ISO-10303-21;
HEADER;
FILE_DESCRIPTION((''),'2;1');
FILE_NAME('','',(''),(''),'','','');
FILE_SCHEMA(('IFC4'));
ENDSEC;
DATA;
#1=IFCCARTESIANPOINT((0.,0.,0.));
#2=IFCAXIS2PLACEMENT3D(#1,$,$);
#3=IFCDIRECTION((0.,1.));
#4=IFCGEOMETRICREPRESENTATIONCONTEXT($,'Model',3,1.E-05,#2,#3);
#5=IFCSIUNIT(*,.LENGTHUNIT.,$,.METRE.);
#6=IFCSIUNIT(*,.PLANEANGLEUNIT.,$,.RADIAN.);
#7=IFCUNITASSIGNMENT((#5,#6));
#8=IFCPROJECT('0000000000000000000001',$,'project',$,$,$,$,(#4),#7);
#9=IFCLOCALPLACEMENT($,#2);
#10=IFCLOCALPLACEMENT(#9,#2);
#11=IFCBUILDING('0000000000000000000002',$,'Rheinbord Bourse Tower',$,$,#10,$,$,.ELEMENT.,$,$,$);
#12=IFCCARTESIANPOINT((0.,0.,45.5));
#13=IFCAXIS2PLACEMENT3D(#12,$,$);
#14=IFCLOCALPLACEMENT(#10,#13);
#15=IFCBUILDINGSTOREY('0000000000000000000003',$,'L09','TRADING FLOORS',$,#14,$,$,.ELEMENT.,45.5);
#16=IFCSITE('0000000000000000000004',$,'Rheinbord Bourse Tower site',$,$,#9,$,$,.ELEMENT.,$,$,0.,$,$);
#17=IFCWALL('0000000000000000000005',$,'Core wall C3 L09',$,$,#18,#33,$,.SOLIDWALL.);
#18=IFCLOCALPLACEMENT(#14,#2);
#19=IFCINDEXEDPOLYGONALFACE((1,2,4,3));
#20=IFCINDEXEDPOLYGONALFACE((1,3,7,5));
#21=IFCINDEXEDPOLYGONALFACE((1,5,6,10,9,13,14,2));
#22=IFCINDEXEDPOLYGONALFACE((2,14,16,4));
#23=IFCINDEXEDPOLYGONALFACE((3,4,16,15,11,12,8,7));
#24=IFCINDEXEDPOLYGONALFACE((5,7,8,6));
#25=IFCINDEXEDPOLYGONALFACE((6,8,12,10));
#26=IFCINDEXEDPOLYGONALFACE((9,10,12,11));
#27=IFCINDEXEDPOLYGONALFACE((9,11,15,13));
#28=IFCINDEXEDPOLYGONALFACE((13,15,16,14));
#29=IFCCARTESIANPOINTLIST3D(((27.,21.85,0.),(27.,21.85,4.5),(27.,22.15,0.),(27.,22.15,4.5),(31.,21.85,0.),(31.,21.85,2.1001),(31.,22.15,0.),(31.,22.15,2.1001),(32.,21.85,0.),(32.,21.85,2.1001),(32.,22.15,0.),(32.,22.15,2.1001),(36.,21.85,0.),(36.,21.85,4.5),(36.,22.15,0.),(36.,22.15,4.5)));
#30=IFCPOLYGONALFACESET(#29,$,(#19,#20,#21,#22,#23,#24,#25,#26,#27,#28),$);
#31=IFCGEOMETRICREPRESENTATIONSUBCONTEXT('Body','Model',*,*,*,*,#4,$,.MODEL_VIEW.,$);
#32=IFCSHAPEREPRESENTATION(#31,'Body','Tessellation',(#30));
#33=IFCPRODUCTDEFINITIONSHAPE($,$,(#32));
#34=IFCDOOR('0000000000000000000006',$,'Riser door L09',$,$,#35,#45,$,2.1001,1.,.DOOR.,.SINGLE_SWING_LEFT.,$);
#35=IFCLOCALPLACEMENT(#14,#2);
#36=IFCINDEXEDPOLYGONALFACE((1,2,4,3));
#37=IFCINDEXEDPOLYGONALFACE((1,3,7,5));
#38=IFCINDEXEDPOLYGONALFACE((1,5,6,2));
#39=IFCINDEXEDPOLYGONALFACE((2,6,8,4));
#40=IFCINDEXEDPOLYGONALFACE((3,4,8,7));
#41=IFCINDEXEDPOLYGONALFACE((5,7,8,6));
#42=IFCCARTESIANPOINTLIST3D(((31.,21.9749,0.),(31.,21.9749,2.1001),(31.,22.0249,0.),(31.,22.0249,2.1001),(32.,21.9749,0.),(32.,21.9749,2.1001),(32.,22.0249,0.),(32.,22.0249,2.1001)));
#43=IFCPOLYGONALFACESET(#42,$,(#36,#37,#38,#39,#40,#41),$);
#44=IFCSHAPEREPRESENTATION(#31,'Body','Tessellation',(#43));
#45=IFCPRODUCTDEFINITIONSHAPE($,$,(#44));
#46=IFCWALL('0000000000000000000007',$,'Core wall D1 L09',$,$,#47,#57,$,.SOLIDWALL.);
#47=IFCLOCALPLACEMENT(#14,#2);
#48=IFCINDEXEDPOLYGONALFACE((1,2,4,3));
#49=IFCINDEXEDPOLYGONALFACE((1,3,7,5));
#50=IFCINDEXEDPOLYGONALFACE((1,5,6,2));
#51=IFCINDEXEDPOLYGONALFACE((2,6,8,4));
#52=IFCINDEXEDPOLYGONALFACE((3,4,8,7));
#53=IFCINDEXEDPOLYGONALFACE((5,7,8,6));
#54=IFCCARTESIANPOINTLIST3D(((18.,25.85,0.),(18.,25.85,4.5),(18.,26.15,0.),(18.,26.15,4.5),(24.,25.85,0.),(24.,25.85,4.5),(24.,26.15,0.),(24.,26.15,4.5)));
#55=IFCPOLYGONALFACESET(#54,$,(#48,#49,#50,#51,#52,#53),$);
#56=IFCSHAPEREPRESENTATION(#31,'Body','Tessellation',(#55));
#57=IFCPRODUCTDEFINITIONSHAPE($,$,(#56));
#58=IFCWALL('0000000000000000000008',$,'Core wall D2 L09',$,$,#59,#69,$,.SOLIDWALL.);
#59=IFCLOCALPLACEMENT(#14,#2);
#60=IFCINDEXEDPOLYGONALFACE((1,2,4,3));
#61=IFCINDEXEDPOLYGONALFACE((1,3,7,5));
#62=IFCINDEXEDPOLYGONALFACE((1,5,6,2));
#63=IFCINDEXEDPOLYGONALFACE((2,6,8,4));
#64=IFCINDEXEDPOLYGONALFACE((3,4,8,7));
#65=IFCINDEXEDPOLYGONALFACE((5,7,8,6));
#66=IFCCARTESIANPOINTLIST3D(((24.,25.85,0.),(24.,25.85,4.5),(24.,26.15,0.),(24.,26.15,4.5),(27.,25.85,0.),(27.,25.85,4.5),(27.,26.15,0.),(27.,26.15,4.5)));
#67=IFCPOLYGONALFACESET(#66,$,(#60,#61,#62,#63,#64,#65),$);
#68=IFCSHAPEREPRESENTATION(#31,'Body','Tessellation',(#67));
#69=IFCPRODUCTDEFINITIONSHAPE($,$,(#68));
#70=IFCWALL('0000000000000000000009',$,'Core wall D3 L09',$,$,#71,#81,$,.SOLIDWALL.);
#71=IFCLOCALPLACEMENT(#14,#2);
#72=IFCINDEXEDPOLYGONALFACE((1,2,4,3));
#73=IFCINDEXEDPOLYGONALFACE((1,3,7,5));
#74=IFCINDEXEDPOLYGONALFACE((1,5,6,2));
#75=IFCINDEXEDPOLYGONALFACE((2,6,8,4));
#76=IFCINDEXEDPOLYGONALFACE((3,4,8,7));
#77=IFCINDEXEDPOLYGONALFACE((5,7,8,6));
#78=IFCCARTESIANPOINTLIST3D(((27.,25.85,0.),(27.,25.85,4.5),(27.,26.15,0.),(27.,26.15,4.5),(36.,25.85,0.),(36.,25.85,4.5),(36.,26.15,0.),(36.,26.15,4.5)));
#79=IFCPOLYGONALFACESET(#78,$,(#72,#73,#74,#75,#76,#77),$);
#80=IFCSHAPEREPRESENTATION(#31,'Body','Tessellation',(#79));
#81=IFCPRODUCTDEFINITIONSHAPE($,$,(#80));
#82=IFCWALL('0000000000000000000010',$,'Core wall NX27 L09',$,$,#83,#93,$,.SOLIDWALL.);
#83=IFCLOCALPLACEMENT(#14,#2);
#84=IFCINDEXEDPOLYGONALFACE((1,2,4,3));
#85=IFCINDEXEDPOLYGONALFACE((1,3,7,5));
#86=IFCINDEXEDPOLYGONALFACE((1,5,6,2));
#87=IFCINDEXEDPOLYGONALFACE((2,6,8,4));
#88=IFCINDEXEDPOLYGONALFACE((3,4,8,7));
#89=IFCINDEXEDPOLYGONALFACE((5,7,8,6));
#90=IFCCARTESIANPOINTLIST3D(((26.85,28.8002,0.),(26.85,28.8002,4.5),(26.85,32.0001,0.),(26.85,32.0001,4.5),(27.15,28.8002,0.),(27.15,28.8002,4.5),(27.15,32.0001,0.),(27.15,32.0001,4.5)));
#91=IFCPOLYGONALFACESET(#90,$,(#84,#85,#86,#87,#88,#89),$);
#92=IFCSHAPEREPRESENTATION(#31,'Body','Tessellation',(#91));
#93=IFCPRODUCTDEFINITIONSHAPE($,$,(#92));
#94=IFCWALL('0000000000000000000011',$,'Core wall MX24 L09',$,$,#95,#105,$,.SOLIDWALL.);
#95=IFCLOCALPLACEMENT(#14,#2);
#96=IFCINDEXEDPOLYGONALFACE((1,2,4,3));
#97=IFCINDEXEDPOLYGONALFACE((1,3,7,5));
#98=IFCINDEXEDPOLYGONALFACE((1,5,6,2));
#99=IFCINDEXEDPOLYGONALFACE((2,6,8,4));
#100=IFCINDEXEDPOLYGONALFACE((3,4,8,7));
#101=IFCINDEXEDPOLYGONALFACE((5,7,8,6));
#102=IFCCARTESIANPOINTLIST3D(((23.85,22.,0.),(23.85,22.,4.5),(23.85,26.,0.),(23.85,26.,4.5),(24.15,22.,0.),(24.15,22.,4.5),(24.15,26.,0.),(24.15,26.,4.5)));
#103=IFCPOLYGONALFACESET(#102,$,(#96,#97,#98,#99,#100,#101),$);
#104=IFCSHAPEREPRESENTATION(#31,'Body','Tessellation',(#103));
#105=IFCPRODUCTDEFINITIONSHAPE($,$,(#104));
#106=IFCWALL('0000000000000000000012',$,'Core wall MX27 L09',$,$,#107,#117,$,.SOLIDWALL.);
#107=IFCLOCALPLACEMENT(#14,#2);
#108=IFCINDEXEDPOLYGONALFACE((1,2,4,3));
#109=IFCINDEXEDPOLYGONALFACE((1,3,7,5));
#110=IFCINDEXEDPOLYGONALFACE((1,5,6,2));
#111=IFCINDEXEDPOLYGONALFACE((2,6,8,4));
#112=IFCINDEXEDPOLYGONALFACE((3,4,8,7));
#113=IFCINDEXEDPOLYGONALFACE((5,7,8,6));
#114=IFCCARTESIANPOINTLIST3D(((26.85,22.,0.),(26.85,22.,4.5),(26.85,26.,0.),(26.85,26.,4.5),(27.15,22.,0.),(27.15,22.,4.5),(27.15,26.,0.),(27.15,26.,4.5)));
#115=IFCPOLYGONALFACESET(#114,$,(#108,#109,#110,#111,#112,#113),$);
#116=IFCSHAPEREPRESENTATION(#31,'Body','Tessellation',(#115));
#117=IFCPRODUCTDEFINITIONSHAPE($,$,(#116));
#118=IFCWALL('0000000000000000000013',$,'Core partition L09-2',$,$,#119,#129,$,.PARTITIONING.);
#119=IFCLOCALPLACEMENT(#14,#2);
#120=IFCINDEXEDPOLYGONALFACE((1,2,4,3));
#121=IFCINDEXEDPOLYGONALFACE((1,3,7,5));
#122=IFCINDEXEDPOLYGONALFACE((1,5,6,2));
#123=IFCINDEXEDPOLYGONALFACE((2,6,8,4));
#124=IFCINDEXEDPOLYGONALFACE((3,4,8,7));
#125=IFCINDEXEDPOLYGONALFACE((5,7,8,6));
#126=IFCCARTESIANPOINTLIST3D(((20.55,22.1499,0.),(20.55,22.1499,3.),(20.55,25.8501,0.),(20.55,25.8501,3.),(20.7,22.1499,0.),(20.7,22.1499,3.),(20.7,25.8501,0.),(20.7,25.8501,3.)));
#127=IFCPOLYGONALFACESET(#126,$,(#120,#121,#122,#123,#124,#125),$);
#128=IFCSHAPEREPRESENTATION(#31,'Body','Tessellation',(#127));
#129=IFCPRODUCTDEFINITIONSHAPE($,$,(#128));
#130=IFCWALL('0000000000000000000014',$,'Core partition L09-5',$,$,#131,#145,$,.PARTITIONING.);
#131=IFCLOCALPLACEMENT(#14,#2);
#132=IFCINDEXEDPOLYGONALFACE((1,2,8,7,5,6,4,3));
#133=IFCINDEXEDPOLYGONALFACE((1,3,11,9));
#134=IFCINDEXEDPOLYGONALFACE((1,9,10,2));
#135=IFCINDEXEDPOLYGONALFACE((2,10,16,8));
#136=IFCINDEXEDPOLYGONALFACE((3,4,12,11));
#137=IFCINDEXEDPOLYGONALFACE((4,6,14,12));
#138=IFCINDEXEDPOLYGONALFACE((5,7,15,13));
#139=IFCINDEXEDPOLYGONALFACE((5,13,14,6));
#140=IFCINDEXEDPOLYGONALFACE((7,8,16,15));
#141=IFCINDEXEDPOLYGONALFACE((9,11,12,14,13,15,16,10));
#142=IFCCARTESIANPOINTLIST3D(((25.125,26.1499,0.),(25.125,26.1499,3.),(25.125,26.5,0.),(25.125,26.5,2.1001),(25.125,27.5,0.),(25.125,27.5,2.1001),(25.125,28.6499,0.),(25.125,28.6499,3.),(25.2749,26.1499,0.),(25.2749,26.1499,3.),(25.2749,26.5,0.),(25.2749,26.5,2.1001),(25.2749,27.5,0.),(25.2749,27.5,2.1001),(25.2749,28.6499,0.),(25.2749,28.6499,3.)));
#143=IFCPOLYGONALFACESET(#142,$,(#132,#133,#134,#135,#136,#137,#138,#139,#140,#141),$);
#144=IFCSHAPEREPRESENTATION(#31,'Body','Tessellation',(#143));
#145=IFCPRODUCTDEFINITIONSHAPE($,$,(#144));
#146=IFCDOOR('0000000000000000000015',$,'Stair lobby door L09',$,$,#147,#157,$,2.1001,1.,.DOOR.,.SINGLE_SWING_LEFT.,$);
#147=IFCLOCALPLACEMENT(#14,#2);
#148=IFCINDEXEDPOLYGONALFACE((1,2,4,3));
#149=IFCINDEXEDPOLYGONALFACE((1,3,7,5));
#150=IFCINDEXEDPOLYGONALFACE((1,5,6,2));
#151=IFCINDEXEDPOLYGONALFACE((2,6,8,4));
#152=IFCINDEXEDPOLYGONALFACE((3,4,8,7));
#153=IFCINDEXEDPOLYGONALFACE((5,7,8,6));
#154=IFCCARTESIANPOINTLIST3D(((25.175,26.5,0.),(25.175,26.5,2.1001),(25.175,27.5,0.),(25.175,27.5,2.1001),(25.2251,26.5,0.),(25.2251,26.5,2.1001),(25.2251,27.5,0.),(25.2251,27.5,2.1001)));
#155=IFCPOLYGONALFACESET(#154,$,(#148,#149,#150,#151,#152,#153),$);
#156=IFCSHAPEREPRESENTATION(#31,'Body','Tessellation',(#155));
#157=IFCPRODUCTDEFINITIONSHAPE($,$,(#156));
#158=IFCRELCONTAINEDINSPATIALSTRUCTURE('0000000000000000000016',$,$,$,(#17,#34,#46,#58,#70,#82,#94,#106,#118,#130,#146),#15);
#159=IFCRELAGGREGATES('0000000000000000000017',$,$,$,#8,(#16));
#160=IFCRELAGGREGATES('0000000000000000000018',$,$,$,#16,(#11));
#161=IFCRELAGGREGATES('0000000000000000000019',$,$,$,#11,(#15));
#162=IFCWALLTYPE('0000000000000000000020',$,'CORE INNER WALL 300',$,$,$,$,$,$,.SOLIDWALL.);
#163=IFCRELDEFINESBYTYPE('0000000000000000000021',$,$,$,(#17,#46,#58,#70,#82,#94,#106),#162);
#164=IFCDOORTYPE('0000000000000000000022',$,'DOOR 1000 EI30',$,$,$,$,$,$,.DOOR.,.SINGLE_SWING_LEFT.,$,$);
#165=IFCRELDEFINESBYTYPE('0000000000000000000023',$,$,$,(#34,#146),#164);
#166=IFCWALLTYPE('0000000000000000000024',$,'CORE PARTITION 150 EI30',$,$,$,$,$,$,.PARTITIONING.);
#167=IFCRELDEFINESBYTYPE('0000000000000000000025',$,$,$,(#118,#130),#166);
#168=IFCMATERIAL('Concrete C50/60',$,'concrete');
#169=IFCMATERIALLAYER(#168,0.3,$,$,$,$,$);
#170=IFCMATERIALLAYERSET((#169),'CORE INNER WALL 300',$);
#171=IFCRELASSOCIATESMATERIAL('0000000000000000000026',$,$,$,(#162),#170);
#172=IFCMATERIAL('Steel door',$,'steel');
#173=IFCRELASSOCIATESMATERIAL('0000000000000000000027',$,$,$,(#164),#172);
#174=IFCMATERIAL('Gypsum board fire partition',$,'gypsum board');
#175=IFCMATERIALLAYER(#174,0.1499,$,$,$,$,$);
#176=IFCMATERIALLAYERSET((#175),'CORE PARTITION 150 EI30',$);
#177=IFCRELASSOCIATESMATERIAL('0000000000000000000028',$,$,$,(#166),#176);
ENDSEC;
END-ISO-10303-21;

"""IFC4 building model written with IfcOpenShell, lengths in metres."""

from ifc_helpers import new_model, si_unit, direction, frame, frame_2d, origin, place, context, subcontext, project, spatial, rectangle, extrude, material, layer, layer_set, type_object, element, fill, save


model = new_model("IFC4")

# Units and contexts
model_context = context("Model", 3, precision=1e-05, world=origin(), true_north=direction((0.0, 1.0)))
body_context = subcontext(model_context, "Body", "Model", "MODEL_VIEW")
ifc_project = project(units=[si_unit("LENGTHUNIT", "METRE"), si_unit("PLANEANGLEUNIT", "RADIAN")], contexts=[model_context])

# Site, building, storey
site_placement = place(None, origin())
site = spatial("IfcSite", under=ifc_project, at=site_placement, Name="Rheinbord Bourse Tower site", CompositionType="ELEMENT", RefElevation=0.0)
building_placement = place(site_placement, origin())
building = spatial("IfcBuilding", under=site, at=building_placement, Name="Rheinbord Bourse Tower", CompositionType="ELEMENT")
storey_placement = place(building_placement, frame((0.0, 0.0, 45.5)))
storey = spatial("IfcBuildingStorey", under=building, at=storey_placement, Name="L09", Description="TRADING FLOORS", CompositionType="ELEMENT", Elevation=45.5)

# Shared definitions
ifc_material_1 = material(Name="Concrete C50/60", Category="concrete")
ifc_layer_1 = layer(ifc_material_1, 0.3)
ifc_layer_set_1 = layer_set([ifc_layer_1], Name="CORE INNER WALL 300")
wall_type_1 = type_object("IfcWallType", Name="CORE INNER WALL 300", PredefinedType="SOLIDWALL", material=ifc_layer_set_1)
ifc_material_2 = material(Name="Steel door", Category="steel")
door_type_1 = type_object("IfcDoorType", Name="DOOR 1000 EI30", OperationType="SINGLE_SWING_LEFT", PredefinedType="DOOR", material=ifc_material_2)

# Wall, opening, door
wall_1_placement = place(storey_placement, frame((27.0, 22.0, 0.0), z_axis=(0.0, 0.0, 1.0), x_axis=(1.0, 0.0, 0.0)))
wall_1 = element("IfcWall", 1, at=wall_1_placement, inside=storey, type_object=wall_type_1, Name="Core wall C3 L09", PredefinedType="SOLIDWALL", context=body_context, shape_type="SweptSolid", body=[
    extrude(rectangle(XDim=9.0, YDim=0.3, at=frame_2d((4.5, 0.0))), origin(), (0.0, 0.0, 1.0), 4.5),
])
opening_1_placement = place(wall_1_placement, frame((4.0, 0.0, 0.0)))
opening_1 = element("IfcOpeningElement", 2, at=opening_1_placement, cuts=wall_1, PredefinedType="OPENING", context=body_context, shape_type="SweptSolid", body=[
    extrude(rectangle(XDim=1.0, YDim=2.1001, at=frame_2d((0.5, 1.05))), frame((0.0, 0.1599, 0.0), z_axis=(0.0, -1.0, 0.0), x_axis=(1.0, 0.0, 0.0)), (0.0, 0.0, 1.0), 0.3201),
])
door_1_placement = place(opening_1_placement, origin())
door_1 = element("IfcDoor", 3, at=door_1_placement, inside=storey, type_object=door_type_1, Name="Riser door L09", OperationType="SINGLE_SWING_LEFT", OverallHeight=2.1001, OverallWidth=1.0, PredefinedType="DOOR", context=body_context, shape_type="SweptSolid", body=[
    extrude(rectangle(XDim=1.0, YDim=2.1001, at=frame_2d((0.5, 1.05))), frame((0.0, 0.0249, 0.0), z_axis=(0.0, -1.0, 0.0), x_axis=(1.0, 0.0, 0.0)), (0.0, 0.0, 1.0), 0.05),
])
fill(opening_1, door_1)

# Walls
wall_2_placement = place(storey_placement, frame((18.0, 26.0, 0.0), z_axis=(0.0, 0.0, 1.0), x_axis=(1.0, 0.0, 0.0)))
element("IfcWall", 4, at=wall_2_placement, inside=storey, type_object=wall_type_1, Name="Core wall D1 L09", PredefinedType="SOLIDWALL", context=body_context, shape_type="SweptSolid", body=[
    extrude(rectangle(XDim=6.0, YDim=0.3, at=frame_2d((3.0, 0.0))), origin(), (0.0, 0.0, 1.0), 4.5),
])
wall_3_placement = place(storey_placement, frame((24.0, 26.0, 0.0), z_axis=(0.0, 0.0, 1.0), x_axis=(1.0, 0.0, 0.0)))
element("IfcWall", 5, at=wall_3_placement, inside=storey, type_object=wall_type_1, Name="Core wall D2 L09", PredefinedType="SOLIDWALL", context=body_context, shape_type="SweptSolid", body=[
    extrude(rectangle(XDim=3.0, YDim=0.3, at=frame_2d((1.5, 0.0))), origin(), (0.0, 0.0, 1.0), 4.5),
])
wall_4_placement = place(storey_placement, frame((27.0, 26.0, 0.0), z_axis=(0.0, 0.0, 1.0), x_axis=(1.0, 0.0, 0.0)))
element("IfcWall", 6, at=wall_4_placement, inside=storey, type_object=wall_type_1, Name="Core wall D3 L09", PredefinedType="SOLIDWALL", context=body_context, shape_type="SweptSolid", body=[
    extrude(rectangle(XDim=9.0, YDim=0.3, at=frame_2d((4.5, 0.0))), origin(), (0.0, 0.0, 1.0), 4.5),
])
wall_5_placement = place(storey_placement, frame((27.0, 28.8, 0.0), z_axis=(0.0, 0.0, 1.0), x_axis=(0.0, 1.0, 0.0)))
element("IfcWall", 7, at=wall_5_placement, inside=storey, type_object=wall_type_1, Name="Core wall NX27 L09", PredefinedType="SOLIDWALL", context=body_context, shape_type="SweptSolid", body=[
    extrude(rectangle(XDim=3.2, YDim=0.3, at=frame_2d((1.6001, 0.0))), origin(), (0.0, 0.0, 1.0), 4.5),
])
for number, where, z_axis, x_axis, name in (
    (8, (24.0, 22.0, 0.0), (0.0, 0.0, 1.0), (0.0, 1.0, 0.0), "Core wall MX24 L09"),
    (9, (27.0, 22.0, 0.0), (0.0, 0.0, 1.0), (0.0, 1.0, 0.0), "Core wall MX27 L09"),
):
    element("IfcWall", number, at=place(storey_placement, frame(where, z_axis=z_axis, x_axis=x_axis)), inside=storey, type_object=wall_type_1, Name=name, PredefinedType="SOLIDWALL", context=body_context, shape_type="SweptSolid", body=[
        extrude(rectangle(XDim=4.0, YDim=0.3, at=frame_2d((2.0, 0.0))), origin(), (0.0, 0.0, 1.0), 4.5),
    ])
ifc_material_3 = material(Name="Gypsum board fire partition", Category="gypsum board")
ifc_layer_2 = layer(ifc_material_3, 0.1499)
ifc_layer_set_2 = layer_set([ifc_layer_2], Name="CORE PARTITION 150 EI30")
wall_type_2 = type_object("IfcWallType", Name="CORE PARTITION 150 EI30", PredefinedType="PARTITIONING", material=ifc_layer_set_2)
wall_6_placement = place(storey_placement, frame((20.625, 22.1499, 0.0), z_axis=(0.0, 0.0, 1.0), x_axis=(0.0, 1.0, 0.0)))
element("IfcWall", 10, at=wall_6_placement, inside=storey, type_object=wall_type_2, Name="Core partition L09-2", PredefinedType="PARTITIONING", context=body_context, shape_type="SweptSolid", body=[
    extrude(rectangle(XDim=3.7002, YDim=0.1499, at=frame_2d((1.8501, 0.0))), origin(), (0.0, 0.0, 1.0), 3.0),
])

# Wall, opening, door
wall_7_placement = place(storey_placement, frame((25.2, 26.1499, 0.0), z_axis=(0.0, 0.0, 1.0), x_axis=(0.0, 1.0, 0.0)))
wall_7 = element("IfcWall", 11, at=wall_7_placement, inside=storey, type_object=wall_type_2, Name="Core partition L09-5", PredefinedType="PARTITIONING", context=body_context, shape_type="SweptSolid", body=[
    extrude(rectangle(XDim=2.5, YDim=0.1499, at=frame_2d((1.25, 0.0))), origin(), (0.0, 0.0, 1.0), 3.0),
])
opening_2_placement = place(wall_7_placement, frame((0.3501, 0.0, 0.0)))
opening_2 = element("IfcOpeningElement", 12, at=opening_2_placement, cuts=wall_7, PredefinedType="OPENING", context=body_context, shape_type="SweptSolid", body=[
    extrude(rectangle(XDim=1.0, YDim=2.1001, at=frame_2d((0.5, 1.05))), frame((0.0, 0.085, 0.0), z_axis=(0.0, -1.0, 0.0), x_axis=(1.0, 0.0, 0.0)), (0.0, 0.0, 1.0), 0.1699),
])
door_2_placement = place(opening_2_placement, origin())
door_2 = element("IfcDoor", 13, at=door_2_placement, inside=storey, type_object=door_type_1, Name="Stair lobby door L09", OperationType="SINGLE_SWING_LEFT", OverallHeight=2.1001, OverallWidth=1.0, PredefinedType="DOOR", context=body_context, shape_type="SweptSolid", body=[
    extrude(rectangle(XDim=1.0, YDim=2.1001, at=frame_2d((0.5, 1.05))), frame((0.0, 0.0249, 0.0), z_axis=(0.0, -1.0, 0.0), x_axis=(1.0, 0.0, 0.0)), (0.0, 0.0, 1.0), 0.05),
])
fill(opening_2, door_2)

save(model, "model.ifc")
